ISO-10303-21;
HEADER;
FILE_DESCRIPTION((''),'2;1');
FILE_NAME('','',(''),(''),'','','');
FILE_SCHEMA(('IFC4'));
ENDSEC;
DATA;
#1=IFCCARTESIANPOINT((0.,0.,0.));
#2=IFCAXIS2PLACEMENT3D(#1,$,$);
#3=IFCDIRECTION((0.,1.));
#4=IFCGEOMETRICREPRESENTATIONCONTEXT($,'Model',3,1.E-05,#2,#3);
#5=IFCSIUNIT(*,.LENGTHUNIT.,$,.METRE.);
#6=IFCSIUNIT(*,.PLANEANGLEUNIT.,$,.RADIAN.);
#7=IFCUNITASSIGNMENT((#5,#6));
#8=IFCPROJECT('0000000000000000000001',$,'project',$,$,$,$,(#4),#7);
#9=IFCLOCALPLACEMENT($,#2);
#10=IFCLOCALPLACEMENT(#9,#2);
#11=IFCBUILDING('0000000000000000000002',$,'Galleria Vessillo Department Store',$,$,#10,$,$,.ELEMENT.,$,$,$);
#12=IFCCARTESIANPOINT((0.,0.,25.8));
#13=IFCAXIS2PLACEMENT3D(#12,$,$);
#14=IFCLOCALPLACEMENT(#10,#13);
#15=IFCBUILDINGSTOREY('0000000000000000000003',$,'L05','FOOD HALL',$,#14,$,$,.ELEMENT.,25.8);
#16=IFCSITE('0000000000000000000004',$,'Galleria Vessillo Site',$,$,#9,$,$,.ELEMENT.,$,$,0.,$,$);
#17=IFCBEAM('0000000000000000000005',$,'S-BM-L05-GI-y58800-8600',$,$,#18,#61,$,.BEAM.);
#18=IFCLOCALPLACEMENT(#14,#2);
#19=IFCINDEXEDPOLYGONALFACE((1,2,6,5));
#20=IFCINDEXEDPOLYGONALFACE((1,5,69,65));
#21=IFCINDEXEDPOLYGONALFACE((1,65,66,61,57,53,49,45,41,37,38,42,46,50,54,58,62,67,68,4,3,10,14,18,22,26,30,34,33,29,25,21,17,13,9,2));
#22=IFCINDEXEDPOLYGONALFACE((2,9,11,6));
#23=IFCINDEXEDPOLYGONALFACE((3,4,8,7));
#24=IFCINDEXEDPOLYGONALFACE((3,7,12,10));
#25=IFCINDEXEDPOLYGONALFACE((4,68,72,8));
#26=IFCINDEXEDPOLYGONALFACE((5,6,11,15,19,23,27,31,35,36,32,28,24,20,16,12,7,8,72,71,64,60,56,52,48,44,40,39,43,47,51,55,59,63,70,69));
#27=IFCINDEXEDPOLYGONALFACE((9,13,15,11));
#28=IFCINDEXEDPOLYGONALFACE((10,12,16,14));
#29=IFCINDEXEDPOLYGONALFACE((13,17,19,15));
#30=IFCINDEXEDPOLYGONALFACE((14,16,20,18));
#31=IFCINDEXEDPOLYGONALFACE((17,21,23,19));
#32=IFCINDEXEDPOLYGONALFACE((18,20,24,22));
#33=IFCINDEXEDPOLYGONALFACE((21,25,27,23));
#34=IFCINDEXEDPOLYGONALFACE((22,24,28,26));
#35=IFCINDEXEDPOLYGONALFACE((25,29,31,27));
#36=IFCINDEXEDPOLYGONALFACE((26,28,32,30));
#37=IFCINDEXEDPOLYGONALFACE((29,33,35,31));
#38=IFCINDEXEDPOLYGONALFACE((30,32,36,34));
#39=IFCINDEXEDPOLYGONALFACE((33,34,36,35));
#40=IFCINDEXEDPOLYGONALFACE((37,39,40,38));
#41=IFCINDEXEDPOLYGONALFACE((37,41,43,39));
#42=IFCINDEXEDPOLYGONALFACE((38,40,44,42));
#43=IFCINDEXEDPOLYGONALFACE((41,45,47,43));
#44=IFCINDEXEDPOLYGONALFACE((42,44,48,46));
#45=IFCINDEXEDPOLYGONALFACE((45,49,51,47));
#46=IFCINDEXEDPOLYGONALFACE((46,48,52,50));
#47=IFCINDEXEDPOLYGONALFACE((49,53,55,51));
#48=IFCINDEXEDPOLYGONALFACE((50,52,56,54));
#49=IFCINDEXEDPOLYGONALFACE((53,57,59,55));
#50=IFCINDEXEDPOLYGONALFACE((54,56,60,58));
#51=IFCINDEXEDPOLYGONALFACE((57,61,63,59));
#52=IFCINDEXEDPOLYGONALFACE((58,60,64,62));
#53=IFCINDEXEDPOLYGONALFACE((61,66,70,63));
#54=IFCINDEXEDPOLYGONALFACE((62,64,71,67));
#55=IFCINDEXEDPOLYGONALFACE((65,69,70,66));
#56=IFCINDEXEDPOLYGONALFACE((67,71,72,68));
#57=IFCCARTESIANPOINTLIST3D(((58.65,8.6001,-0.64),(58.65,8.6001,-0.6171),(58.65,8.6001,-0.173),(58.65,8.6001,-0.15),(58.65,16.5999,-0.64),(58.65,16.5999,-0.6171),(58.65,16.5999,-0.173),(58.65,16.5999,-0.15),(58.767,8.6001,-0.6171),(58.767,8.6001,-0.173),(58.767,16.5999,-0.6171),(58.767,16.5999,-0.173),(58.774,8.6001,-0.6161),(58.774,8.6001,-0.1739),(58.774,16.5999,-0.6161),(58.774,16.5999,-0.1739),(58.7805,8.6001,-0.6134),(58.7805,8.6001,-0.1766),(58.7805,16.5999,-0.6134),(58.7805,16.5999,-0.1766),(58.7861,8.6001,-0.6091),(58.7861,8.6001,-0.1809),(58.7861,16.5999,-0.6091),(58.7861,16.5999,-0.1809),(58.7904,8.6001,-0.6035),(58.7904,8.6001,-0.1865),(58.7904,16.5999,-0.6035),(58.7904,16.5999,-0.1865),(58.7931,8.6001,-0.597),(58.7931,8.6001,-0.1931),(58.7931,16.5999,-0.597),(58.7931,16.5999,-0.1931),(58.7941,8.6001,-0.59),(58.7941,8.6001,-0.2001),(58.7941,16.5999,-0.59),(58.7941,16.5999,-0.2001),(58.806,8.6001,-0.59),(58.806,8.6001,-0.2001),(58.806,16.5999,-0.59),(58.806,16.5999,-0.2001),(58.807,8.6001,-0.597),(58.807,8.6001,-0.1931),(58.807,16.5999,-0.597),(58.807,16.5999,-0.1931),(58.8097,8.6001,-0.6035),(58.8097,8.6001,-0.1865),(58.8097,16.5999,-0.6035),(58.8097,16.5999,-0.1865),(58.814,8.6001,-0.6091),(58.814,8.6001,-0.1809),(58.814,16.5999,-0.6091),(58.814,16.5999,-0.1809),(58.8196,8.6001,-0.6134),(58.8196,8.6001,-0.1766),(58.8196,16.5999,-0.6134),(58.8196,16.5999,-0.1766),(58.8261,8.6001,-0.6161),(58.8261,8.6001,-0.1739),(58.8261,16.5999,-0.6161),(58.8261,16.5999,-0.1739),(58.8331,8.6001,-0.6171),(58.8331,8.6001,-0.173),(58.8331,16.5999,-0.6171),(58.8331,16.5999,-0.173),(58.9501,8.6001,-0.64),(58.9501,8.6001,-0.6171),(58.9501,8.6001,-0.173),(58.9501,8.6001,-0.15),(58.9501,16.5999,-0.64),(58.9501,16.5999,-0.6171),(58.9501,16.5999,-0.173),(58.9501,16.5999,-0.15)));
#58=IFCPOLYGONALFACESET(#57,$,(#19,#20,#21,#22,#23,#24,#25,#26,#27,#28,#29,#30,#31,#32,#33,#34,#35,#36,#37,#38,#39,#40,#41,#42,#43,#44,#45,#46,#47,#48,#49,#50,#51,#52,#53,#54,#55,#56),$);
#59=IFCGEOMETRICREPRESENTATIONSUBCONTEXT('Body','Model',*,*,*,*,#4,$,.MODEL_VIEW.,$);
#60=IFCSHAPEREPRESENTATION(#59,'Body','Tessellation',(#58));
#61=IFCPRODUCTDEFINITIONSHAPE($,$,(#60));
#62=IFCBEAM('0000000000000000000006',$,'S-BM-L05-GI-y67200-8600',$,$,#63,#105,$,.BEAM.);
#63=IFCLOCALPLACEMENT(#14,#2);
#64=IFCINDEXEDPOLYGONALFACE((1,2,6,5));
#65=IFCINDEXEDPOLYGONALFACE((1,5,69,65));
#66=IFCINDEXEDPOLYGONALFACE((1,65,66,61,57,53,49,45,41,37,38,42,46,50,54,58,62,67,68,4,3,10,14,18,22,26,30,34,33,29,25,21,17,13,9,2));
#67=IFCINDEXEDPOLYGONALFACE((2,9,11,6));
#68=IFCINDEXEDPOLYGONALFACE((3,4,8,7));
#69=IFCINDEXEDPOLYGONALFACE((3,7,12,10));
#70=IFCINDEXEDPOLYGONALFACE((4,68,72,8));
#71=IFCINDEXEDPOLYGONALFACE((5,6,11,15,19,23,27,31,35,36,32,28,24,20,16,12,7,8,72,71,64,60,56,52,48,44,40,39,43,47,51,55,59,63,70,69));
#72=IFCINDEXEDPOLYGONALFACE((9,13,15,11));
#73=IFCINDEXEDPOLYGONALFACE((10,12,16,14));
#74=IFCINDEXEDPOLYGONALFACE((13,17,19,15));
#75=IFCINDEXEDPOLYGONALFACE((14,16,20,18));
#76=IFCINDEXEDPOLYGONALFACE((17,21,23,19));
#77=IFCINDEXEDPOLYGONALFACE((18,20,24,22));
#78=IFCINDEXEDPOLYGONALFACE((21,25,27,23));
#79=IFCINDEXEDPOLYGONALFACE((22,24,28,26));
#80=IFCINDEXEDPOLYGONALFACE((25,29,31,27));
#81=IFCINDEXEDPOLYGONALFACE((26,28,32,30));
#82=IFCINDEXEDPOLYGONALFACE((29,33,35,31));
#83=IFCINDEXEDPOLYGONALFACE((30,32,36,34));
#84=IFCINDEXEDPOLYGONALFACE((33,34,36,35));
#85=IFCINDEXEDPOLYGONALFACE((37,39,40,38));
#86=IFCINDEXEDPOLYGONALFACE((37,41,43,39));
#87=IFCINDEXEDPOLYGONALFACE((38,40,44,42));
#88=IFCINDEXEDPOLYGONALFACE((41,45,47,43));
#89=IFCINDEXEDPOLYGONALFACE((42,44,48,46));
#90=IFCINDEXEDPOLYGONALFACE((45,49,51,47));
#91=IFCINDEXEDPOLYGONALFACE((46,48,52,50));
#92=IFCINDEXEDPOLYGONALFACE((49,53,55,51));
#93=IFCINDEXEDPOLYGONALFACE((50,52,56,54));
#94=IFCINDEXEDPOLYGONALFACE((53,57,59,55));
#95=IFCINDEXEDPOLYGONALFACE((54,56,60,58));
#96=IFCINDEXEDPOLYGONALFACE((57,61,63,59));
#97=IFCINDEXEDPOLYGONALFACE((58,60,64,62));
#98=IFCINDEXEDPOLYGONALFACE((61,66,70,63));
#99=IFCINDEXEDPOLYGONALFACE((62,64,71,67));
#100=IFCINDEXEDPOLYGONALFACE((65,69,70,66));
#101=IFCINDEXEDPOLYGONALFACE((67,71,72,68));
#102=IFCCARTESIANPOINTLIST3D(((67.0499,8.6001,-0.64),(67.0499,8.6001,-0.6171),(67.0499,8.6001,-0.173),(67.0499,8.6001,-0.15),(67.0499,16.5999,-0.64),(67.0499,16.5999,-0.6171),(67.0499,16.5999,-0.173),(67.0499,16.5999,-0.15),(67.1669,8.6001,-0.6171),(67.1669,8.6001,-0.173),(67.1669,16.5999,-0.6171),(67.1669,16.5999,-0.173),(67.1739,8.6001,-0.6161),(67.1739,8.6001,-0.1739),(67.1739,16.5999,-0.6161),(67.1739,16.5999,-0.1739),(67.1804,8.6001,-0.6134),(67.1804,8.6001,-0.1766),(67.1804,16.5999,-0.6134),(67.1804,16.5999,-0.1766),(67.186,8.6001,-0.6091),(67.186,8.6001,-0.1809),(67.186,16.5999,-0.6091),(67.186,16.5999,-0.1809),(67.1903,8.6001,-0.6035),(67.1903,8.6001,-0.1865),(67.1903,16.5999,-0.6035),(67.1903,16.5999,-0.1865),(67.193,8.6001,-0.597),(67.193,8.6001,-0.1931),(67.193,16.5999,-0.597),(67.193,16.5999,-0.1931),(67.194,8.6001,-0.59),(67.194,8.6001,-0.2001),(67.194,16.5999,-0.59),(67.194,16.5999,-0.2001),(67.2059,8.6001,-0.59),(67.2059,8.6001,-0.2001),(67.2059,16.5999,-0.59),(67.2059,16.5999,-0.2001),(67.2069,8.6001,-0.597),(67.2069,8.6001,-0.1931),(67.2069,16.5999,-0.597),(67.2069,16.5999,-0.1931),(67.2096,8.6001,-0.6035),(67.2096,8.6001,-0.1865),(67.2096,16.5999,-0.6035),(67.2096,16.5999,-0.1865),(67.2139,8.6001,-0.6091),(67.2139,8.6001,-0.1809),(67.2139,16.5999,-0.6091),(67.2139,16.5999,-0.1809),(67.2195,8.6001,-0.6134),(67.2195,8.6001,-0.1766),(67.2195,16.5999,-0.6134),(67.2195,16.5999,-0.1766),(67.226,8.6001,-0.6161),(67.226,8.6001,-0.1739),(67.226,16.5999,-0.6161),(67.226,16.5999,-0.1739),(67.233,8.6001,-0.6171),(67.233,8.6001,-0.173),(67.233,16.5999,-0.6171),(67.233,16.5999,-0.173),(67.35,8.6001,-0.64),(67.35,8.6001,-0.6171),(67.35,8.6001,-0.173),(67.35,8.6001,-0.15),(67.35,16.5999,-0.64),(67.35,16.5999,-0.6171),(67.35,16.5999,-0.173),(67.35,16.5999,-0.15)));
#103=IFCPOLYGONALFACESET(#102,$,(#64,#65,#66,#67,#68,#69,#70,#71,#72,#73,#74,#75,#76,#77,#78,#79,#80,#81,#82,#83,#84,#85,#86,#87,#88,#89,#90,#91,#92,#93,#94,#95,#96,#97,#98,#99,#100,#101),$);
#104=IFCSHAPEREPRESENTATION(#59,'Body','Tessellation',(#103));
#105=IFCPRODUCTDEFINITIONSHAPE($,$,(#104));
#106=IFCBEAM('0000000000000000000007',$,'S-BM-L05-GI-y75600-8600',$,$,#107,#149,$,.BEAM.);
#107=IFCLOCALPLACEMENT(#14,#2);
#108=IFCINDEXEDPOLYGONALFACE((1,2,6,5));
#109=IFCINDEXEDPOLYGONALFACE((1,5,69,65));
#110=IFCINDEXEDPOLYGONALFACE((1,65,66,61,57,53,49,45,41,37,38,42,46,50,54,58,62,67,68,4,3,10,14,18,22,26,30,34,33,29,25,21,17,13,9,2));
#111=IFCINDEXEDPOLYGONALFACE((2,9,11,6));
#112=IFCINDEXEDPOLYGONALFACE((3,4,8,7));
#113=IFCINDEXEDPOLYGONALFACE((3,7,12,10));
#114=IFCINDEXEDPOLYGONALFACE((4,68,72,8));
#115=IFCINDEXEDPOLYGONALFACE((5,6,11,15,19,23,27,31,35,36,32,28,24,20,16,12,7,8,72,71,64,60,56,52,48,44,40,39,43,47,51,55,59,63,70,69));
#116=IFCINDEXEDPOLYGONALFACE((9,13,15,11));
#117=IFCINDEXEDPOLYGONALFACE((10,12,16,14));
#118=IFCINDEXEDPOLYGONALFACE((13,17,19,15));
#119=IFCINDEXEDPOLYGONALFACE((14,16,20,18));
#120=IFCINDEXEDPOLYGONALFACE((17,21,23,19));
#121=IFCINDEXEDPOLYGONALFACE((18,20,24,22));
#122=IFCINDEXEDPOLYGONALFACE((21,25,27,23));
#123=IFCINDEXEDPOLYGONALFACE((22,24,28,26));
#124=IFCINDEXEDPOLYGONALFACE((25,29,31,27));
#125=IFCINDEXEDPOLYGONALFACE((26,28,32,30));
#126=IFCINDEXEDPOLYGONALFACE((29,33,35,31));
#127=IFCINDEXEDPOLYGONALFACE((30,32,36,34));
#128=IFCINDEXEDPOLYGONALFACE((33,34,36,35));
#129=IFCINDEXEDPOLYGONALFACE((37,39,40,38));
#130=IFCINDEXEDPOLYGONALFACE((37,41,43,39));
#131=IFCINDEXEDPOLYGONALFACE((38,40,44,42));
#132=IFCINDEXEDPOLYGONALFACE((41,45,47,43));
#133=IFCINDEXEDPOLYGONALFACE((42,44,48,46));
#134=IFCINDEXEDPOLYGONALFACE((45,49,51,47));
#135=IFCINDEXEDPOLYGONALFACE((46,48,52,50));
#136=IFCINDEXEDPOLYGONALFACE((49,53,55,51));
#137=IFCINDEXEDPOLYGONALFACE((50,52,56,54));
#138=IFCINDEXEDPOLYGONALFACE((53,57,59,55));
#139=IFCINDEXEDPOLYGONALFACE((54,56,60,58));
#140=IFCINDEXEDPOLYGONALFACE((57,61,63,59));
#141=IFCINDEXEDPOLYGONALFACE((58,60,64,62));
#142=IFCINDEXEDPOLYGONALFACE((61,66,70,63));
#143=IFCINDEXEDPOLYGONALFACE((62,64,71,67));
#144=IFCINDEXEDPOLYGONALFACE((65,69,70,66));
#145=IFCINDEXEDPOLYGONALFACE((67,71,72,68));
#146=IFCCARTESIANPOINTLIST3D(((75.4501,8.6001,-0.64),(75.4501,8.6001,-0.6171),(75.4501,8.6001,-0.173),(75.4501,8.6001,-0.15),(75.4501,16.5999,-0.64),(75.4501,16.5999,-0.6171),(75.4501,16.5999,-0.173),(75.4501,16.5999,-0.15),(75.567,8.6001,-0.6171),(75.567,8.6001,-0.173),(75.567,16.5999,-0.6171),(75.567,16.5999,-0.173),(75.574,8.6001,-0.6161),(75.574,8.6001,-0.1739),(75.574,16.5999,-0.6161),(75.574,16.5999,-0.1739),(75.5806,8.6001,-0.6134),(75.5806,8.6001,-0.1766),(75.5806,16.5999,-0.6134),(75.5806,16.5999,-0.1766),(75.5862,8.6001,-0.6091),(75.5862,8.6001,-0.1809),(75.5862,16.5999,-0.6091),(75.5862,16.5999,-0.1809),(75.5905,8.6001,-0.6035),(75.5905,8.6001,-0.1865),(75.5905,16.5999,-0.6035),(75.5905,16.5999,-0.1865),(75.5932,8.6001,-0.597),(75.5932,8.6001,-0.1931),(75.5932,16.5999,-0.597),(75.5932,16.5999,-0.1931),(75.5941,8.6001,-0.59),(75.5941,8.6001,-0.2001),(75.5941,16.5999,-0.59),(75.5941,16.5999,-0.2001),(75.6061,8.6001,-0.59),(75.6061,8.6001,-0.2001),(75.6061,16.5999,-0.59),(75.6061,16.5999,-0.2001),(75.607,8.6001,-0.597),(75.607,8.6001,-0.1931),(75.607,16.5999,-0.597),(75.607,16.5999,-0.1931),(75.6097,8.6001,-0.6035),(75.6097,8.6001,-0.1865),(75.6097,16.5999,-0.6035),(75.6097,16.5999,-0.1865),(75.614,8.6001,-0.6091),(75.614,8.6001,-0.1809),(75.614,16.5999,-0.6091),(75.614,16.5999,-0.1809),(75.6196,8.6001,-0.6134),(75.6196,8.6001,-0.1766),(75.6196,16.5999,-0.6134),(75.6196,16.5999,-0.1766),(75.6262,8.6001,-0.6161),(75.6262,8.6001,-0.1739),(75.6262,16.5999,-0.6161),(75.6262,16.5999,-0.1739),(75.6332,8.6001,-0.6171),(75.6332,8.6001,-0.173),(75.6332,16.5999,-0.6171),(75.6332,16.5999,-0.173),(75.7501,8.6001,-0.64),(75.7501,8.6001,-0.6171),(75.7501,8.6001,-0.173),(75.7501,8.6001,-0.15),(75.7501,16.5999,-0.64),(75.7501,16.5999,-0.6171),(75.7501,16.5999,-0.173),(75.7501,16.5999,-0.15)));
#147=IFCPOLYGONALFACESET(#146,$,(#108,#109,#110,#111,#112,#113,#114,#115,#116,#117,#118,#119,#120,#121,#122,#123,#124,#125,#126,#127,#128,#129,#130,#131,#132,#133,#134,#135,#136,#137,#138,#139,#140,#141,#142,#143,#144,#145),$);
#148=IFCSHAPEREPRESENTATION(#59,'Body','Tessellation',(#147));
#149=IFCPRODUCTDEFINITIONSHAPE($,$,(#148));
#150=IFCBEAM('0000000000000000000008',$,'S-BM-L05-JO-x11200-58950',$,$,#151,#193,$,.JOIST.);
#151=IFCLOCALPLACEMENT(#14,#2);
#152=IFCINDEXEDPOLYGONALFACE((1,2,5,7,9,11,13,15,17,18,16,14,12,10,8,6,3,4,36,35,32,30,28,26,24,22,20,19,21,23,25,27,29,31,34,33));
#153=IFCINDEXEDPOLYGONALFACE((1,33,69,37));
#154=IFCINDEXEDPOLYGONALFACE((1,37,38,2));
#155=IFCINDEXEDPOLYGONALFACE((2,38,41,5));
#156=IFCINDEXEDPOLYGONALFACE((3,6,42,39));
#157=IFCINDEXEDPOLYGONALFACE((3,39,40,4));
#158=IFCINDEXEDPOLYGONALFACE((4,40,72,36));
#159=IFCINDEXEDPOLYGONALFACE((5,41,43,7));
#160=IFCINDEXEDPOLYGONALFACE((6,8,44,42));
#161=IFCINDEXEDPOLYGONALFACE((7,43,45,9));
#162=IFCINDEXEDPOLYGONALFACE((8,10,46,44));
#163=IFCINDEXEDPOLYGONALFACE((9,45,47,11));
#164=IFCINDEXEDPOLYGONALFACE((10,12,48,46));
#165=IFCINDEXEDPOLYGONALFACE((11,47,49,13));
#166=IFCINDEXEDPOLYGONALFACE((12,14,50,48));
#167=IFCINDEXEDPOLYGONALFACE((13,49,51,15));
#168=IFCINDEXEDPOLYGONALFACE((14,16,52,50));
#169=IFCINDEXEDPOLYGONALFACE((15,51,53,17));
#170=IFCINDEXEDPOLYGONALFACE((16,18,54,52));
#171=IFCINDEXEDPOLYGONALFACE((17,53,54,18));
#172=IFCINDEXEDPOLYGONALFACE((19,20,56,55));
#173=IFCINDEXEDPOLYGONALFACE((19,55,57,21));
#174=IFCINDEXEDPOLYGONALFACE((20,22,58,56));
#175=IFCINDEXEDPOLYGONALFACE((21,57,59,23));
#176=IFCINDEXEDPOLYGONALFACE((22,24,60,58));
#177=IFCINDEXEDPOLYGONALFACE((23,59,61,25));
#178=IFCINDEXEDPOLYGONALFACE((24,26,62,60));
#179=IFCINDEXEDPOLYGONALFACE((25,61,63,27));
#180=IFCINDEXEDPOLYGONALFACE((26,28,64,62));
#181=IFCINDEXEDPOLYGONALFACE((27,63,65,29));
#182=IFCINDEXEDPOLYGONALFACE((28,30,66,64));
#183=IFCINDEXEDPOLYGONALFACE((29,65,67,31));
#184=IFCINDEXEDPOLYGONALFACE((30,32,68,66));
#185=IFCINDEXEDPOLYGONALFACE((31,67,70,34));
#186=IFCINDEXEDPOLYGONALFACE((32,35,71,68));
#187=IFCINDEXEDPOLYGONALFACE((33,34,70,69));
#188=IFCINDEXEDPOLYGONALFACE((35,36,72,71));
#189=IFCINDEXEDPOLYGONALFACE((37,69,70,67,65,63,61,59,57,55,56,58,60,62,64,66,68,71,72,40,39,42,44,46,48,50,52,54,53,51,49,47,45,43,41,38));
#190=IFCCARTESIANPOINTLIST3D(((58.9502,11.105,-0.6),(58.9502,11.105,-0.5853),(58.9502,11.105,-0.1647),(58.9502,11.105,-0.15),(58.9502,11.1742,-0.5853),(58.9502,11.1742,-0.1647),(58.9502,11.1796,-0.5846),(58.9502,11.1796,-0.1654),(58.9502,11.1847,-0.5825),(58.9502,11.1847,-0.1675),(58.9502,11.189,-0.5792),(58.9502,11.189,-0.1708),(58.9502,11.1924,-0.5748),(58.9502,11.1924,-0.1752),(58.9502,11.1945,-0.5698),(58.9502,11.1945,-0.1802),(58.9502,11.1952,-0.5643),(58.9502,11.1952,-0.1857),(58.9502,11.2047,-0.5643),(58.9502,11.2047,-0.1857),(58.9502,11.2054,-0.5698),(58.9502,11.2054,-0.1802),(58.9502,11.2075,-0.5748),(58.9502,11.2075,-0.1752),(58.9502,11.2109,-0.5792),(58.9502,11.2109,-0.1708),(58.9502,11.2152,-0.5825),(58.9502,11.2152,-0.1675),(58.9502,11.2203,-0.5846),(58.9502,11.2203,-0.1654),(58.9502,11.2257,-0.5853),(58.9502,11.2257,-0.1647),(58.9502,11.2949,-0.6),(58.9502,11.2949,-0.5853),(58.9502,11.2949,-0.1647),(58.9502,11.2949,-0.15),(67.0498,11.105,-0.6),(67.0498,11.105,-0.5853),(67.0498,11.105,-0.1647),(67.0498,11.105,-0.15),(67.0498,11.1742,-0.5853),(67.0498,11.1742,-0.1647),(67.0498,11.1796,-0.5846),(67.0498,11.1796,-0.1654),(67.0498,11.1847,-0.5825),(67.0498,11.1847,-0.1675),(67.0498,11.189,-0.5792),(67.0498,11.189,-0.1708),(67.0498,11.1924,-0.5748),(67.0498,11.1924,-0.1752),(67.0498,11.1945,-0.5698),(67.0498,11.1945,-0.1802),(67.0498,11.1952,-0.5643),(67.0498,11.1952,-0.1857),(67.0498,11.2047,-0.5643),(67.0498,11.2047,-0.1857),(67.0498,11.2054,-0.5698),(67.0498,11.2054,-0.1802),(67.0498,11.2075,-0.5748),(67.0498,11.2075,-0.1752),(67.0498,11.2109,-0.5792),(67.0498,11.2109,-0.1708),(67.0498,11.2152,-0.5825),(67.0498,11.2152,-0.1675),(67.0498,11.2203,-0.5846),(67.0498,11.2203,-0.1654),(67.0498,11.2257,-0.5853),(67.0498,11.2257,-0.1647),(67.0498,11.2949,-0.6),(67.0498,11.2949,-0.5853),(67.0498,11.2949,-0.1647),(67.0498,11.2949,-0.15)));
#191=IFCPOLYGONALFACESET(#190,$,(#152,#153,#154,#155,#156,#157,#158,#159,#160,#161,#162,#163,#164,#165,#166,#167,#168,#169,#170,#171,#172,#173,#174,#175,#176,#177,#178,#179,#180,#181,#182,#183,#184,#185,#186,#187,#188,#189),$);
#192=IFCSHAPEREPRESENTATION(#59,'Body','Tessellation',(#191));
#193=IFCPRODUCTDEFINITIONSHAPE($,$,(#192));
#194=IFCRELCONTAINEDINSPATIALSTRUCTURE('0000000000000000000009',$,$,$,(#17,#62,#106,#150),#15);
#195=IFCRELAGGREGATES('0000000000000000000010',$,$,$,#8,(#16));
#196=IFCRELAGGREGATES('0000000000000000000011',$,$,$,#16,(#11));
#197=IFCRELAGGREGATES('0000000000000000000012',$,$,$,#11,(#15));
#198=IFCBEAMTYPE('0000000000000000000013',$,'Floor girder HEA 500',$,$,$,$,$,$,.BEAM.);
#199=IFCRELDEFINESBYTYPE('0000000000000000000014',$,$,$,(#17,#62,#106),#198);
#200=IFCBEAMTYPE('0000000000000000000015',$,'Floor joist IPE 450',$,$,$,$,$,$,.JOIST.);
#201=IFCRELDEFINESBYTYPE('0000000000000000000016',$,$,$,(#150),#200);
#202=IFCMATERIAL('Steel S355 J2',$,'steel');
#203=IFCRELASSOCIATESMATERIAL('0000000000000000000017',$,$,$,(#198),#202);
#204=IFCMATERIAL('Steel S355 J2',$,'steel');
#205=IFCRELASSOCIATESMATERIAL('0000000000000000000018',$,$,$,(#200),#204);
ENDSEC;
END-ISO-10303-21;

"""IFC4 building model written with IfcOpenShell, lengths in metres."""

from ifc_helpers import new_model, si_unit, direction, frame, origin, origin_2d, place, context, subcontext, project, spatial, i_section, extrude, material, material_profile, profile_set, type_object, element, save


model = new_model("IFC4")

# Units and contexts
model_context = context("Model", 3, precision=1e-05, world=origin(), true_north=direction((0.0, 1.0)))
body_context = subcontext(model_context, "Body", "Model", "MODEL_VIEW")
ifc_project = project(units=[si_unit("LENGTHUNIT", "METRE"), si_unit("PLANEANGLEUNIT", "RADIAN")], contexts=[model_context])

# Site, building, storey
site_placement = place(None, origin())
site = spatial("IfcSite", under=ifc_project, at=site_placement, Name="Galleria Vessillo Site", CompositionType="ELEMENT", RefElevation=0.0)
building_placement = place(site_placement, origin())
building = spatial("IfcBuilding", under=site, at=building_placement, Name="Galleria Vessillo Department Store", CompositionType="ELEMENT")
storey_placement = place(building_placement, frame((0.0, 0.0, 25.8)))
storey = spatial("IfcBuildingStorey", under=building, at=storey_placement, Name="L05", Description="FOOD HALL", CompositionType="ELEMENT", Elevation=25.8)

# Beams
ifc_material_1 = material(Name="Steel S355 J2", Category="steel")
ifc_material_profile_1 = material_profile(ifc_material_1, i_section(OverallWidth=0.3, OverallDepth=0.49, WebThickness=0.012, FlangeThickness=0.0229, FilletRadius=0.0271, at=origin_2d()), Name="HEA 500")
ifc_profile_set_1 = profile_set([ifc_material_profile_1], Name="Steel S355 J2")
beam_type_1 = type_object("IfcBeamType", Name="Floor girder HEA 500", PredefinedType="BEAM", material=ifc_profile_set_1)
for number, where, z_axis, x_axis, name in (
    (1, (58.8, 8.6001, -0.395), (0.0, 1.0, 0.0), (-1.0, 0.0, 0.0), "S-BM-L05-GI-y58800-8600"),
    (2, (67.2, 8.6001, -0.395), (0.0, 1.0, 0.0), (-1.0, 0.0, 0.0), "S-BM-L05-GI-y67200-8600"),
    (3, (75.6001, 8.6001, -0.395), (0.0, 1.0, 0.0), (-1.0, 0.0, 0.0), "S-BM-L05-GI-y75600-8600"),
):
    element("IfcBeam", number, at=place(storey_placement, frame(where, z_axis=z_axis, x_axis=x_axis)), inside=storey, type_object=beam_type_1, Name=name, PredefinedType="BEAM", context=body_context, shape_type="SweptSolid", body=[
        extrude(i_section(OverallWidth=0.3, OverallDepth=0.49, WebThickness=0.012, FlangeThickness=0.0229, FilletRadius=0.0271, at=origin_2d()), origin(), (0.0, 0.0, 1.0), 7.9998),
    ])
ifc_material_2 = material(Name="Steel S355 J2", Category="steel")
ifc_material_profile_2 = material_profile(ifc_material_2, i_section(OverallWidth=0.1899, OverallDepth=0.45, WebThickness=0.0095, FlangeThickness=0.0146, FilletRadius=0.021, at=origin_2d()), Name="IPE 450")
ifc_profile_set_2 = profile_set([ifc_material_profile_2], Name="Steel S355 J2")
beam_type_2 = type_object("IfcBeamType", Name="Floor joist IPE 450", PredefinedType="JOIST", material=ifc_profile_set_2)
for number, where, z_axis, x_axis, name in (
    (4, (58.9502, 11.2, -0.375), (1.0, 0.0, 0.0), (0.0, 1.0, 0.0), "S-BM-L05-JO-x11200-58950"),
):
    element("IfcBeam", number, at=place(storey_placement, frame(where, z_axis=z_axis, x_axis=x_axis)), inside=storey, type_object=beam_type_2, Name=name, PredefinedType="JOIST", context=body_context, shape_type="SweptSolid", body=[
        extrude(i_section(OverallWidth=0.1899, OverallDepth=0.45, WebThickness=0.0095, FlangeThickness=0.0146, FilletRadius=0.021, at=origin_2d()), origin(), (0.0, 0.0, 1.0), 8.0996),
    ])

save(model, "model.ifc")
